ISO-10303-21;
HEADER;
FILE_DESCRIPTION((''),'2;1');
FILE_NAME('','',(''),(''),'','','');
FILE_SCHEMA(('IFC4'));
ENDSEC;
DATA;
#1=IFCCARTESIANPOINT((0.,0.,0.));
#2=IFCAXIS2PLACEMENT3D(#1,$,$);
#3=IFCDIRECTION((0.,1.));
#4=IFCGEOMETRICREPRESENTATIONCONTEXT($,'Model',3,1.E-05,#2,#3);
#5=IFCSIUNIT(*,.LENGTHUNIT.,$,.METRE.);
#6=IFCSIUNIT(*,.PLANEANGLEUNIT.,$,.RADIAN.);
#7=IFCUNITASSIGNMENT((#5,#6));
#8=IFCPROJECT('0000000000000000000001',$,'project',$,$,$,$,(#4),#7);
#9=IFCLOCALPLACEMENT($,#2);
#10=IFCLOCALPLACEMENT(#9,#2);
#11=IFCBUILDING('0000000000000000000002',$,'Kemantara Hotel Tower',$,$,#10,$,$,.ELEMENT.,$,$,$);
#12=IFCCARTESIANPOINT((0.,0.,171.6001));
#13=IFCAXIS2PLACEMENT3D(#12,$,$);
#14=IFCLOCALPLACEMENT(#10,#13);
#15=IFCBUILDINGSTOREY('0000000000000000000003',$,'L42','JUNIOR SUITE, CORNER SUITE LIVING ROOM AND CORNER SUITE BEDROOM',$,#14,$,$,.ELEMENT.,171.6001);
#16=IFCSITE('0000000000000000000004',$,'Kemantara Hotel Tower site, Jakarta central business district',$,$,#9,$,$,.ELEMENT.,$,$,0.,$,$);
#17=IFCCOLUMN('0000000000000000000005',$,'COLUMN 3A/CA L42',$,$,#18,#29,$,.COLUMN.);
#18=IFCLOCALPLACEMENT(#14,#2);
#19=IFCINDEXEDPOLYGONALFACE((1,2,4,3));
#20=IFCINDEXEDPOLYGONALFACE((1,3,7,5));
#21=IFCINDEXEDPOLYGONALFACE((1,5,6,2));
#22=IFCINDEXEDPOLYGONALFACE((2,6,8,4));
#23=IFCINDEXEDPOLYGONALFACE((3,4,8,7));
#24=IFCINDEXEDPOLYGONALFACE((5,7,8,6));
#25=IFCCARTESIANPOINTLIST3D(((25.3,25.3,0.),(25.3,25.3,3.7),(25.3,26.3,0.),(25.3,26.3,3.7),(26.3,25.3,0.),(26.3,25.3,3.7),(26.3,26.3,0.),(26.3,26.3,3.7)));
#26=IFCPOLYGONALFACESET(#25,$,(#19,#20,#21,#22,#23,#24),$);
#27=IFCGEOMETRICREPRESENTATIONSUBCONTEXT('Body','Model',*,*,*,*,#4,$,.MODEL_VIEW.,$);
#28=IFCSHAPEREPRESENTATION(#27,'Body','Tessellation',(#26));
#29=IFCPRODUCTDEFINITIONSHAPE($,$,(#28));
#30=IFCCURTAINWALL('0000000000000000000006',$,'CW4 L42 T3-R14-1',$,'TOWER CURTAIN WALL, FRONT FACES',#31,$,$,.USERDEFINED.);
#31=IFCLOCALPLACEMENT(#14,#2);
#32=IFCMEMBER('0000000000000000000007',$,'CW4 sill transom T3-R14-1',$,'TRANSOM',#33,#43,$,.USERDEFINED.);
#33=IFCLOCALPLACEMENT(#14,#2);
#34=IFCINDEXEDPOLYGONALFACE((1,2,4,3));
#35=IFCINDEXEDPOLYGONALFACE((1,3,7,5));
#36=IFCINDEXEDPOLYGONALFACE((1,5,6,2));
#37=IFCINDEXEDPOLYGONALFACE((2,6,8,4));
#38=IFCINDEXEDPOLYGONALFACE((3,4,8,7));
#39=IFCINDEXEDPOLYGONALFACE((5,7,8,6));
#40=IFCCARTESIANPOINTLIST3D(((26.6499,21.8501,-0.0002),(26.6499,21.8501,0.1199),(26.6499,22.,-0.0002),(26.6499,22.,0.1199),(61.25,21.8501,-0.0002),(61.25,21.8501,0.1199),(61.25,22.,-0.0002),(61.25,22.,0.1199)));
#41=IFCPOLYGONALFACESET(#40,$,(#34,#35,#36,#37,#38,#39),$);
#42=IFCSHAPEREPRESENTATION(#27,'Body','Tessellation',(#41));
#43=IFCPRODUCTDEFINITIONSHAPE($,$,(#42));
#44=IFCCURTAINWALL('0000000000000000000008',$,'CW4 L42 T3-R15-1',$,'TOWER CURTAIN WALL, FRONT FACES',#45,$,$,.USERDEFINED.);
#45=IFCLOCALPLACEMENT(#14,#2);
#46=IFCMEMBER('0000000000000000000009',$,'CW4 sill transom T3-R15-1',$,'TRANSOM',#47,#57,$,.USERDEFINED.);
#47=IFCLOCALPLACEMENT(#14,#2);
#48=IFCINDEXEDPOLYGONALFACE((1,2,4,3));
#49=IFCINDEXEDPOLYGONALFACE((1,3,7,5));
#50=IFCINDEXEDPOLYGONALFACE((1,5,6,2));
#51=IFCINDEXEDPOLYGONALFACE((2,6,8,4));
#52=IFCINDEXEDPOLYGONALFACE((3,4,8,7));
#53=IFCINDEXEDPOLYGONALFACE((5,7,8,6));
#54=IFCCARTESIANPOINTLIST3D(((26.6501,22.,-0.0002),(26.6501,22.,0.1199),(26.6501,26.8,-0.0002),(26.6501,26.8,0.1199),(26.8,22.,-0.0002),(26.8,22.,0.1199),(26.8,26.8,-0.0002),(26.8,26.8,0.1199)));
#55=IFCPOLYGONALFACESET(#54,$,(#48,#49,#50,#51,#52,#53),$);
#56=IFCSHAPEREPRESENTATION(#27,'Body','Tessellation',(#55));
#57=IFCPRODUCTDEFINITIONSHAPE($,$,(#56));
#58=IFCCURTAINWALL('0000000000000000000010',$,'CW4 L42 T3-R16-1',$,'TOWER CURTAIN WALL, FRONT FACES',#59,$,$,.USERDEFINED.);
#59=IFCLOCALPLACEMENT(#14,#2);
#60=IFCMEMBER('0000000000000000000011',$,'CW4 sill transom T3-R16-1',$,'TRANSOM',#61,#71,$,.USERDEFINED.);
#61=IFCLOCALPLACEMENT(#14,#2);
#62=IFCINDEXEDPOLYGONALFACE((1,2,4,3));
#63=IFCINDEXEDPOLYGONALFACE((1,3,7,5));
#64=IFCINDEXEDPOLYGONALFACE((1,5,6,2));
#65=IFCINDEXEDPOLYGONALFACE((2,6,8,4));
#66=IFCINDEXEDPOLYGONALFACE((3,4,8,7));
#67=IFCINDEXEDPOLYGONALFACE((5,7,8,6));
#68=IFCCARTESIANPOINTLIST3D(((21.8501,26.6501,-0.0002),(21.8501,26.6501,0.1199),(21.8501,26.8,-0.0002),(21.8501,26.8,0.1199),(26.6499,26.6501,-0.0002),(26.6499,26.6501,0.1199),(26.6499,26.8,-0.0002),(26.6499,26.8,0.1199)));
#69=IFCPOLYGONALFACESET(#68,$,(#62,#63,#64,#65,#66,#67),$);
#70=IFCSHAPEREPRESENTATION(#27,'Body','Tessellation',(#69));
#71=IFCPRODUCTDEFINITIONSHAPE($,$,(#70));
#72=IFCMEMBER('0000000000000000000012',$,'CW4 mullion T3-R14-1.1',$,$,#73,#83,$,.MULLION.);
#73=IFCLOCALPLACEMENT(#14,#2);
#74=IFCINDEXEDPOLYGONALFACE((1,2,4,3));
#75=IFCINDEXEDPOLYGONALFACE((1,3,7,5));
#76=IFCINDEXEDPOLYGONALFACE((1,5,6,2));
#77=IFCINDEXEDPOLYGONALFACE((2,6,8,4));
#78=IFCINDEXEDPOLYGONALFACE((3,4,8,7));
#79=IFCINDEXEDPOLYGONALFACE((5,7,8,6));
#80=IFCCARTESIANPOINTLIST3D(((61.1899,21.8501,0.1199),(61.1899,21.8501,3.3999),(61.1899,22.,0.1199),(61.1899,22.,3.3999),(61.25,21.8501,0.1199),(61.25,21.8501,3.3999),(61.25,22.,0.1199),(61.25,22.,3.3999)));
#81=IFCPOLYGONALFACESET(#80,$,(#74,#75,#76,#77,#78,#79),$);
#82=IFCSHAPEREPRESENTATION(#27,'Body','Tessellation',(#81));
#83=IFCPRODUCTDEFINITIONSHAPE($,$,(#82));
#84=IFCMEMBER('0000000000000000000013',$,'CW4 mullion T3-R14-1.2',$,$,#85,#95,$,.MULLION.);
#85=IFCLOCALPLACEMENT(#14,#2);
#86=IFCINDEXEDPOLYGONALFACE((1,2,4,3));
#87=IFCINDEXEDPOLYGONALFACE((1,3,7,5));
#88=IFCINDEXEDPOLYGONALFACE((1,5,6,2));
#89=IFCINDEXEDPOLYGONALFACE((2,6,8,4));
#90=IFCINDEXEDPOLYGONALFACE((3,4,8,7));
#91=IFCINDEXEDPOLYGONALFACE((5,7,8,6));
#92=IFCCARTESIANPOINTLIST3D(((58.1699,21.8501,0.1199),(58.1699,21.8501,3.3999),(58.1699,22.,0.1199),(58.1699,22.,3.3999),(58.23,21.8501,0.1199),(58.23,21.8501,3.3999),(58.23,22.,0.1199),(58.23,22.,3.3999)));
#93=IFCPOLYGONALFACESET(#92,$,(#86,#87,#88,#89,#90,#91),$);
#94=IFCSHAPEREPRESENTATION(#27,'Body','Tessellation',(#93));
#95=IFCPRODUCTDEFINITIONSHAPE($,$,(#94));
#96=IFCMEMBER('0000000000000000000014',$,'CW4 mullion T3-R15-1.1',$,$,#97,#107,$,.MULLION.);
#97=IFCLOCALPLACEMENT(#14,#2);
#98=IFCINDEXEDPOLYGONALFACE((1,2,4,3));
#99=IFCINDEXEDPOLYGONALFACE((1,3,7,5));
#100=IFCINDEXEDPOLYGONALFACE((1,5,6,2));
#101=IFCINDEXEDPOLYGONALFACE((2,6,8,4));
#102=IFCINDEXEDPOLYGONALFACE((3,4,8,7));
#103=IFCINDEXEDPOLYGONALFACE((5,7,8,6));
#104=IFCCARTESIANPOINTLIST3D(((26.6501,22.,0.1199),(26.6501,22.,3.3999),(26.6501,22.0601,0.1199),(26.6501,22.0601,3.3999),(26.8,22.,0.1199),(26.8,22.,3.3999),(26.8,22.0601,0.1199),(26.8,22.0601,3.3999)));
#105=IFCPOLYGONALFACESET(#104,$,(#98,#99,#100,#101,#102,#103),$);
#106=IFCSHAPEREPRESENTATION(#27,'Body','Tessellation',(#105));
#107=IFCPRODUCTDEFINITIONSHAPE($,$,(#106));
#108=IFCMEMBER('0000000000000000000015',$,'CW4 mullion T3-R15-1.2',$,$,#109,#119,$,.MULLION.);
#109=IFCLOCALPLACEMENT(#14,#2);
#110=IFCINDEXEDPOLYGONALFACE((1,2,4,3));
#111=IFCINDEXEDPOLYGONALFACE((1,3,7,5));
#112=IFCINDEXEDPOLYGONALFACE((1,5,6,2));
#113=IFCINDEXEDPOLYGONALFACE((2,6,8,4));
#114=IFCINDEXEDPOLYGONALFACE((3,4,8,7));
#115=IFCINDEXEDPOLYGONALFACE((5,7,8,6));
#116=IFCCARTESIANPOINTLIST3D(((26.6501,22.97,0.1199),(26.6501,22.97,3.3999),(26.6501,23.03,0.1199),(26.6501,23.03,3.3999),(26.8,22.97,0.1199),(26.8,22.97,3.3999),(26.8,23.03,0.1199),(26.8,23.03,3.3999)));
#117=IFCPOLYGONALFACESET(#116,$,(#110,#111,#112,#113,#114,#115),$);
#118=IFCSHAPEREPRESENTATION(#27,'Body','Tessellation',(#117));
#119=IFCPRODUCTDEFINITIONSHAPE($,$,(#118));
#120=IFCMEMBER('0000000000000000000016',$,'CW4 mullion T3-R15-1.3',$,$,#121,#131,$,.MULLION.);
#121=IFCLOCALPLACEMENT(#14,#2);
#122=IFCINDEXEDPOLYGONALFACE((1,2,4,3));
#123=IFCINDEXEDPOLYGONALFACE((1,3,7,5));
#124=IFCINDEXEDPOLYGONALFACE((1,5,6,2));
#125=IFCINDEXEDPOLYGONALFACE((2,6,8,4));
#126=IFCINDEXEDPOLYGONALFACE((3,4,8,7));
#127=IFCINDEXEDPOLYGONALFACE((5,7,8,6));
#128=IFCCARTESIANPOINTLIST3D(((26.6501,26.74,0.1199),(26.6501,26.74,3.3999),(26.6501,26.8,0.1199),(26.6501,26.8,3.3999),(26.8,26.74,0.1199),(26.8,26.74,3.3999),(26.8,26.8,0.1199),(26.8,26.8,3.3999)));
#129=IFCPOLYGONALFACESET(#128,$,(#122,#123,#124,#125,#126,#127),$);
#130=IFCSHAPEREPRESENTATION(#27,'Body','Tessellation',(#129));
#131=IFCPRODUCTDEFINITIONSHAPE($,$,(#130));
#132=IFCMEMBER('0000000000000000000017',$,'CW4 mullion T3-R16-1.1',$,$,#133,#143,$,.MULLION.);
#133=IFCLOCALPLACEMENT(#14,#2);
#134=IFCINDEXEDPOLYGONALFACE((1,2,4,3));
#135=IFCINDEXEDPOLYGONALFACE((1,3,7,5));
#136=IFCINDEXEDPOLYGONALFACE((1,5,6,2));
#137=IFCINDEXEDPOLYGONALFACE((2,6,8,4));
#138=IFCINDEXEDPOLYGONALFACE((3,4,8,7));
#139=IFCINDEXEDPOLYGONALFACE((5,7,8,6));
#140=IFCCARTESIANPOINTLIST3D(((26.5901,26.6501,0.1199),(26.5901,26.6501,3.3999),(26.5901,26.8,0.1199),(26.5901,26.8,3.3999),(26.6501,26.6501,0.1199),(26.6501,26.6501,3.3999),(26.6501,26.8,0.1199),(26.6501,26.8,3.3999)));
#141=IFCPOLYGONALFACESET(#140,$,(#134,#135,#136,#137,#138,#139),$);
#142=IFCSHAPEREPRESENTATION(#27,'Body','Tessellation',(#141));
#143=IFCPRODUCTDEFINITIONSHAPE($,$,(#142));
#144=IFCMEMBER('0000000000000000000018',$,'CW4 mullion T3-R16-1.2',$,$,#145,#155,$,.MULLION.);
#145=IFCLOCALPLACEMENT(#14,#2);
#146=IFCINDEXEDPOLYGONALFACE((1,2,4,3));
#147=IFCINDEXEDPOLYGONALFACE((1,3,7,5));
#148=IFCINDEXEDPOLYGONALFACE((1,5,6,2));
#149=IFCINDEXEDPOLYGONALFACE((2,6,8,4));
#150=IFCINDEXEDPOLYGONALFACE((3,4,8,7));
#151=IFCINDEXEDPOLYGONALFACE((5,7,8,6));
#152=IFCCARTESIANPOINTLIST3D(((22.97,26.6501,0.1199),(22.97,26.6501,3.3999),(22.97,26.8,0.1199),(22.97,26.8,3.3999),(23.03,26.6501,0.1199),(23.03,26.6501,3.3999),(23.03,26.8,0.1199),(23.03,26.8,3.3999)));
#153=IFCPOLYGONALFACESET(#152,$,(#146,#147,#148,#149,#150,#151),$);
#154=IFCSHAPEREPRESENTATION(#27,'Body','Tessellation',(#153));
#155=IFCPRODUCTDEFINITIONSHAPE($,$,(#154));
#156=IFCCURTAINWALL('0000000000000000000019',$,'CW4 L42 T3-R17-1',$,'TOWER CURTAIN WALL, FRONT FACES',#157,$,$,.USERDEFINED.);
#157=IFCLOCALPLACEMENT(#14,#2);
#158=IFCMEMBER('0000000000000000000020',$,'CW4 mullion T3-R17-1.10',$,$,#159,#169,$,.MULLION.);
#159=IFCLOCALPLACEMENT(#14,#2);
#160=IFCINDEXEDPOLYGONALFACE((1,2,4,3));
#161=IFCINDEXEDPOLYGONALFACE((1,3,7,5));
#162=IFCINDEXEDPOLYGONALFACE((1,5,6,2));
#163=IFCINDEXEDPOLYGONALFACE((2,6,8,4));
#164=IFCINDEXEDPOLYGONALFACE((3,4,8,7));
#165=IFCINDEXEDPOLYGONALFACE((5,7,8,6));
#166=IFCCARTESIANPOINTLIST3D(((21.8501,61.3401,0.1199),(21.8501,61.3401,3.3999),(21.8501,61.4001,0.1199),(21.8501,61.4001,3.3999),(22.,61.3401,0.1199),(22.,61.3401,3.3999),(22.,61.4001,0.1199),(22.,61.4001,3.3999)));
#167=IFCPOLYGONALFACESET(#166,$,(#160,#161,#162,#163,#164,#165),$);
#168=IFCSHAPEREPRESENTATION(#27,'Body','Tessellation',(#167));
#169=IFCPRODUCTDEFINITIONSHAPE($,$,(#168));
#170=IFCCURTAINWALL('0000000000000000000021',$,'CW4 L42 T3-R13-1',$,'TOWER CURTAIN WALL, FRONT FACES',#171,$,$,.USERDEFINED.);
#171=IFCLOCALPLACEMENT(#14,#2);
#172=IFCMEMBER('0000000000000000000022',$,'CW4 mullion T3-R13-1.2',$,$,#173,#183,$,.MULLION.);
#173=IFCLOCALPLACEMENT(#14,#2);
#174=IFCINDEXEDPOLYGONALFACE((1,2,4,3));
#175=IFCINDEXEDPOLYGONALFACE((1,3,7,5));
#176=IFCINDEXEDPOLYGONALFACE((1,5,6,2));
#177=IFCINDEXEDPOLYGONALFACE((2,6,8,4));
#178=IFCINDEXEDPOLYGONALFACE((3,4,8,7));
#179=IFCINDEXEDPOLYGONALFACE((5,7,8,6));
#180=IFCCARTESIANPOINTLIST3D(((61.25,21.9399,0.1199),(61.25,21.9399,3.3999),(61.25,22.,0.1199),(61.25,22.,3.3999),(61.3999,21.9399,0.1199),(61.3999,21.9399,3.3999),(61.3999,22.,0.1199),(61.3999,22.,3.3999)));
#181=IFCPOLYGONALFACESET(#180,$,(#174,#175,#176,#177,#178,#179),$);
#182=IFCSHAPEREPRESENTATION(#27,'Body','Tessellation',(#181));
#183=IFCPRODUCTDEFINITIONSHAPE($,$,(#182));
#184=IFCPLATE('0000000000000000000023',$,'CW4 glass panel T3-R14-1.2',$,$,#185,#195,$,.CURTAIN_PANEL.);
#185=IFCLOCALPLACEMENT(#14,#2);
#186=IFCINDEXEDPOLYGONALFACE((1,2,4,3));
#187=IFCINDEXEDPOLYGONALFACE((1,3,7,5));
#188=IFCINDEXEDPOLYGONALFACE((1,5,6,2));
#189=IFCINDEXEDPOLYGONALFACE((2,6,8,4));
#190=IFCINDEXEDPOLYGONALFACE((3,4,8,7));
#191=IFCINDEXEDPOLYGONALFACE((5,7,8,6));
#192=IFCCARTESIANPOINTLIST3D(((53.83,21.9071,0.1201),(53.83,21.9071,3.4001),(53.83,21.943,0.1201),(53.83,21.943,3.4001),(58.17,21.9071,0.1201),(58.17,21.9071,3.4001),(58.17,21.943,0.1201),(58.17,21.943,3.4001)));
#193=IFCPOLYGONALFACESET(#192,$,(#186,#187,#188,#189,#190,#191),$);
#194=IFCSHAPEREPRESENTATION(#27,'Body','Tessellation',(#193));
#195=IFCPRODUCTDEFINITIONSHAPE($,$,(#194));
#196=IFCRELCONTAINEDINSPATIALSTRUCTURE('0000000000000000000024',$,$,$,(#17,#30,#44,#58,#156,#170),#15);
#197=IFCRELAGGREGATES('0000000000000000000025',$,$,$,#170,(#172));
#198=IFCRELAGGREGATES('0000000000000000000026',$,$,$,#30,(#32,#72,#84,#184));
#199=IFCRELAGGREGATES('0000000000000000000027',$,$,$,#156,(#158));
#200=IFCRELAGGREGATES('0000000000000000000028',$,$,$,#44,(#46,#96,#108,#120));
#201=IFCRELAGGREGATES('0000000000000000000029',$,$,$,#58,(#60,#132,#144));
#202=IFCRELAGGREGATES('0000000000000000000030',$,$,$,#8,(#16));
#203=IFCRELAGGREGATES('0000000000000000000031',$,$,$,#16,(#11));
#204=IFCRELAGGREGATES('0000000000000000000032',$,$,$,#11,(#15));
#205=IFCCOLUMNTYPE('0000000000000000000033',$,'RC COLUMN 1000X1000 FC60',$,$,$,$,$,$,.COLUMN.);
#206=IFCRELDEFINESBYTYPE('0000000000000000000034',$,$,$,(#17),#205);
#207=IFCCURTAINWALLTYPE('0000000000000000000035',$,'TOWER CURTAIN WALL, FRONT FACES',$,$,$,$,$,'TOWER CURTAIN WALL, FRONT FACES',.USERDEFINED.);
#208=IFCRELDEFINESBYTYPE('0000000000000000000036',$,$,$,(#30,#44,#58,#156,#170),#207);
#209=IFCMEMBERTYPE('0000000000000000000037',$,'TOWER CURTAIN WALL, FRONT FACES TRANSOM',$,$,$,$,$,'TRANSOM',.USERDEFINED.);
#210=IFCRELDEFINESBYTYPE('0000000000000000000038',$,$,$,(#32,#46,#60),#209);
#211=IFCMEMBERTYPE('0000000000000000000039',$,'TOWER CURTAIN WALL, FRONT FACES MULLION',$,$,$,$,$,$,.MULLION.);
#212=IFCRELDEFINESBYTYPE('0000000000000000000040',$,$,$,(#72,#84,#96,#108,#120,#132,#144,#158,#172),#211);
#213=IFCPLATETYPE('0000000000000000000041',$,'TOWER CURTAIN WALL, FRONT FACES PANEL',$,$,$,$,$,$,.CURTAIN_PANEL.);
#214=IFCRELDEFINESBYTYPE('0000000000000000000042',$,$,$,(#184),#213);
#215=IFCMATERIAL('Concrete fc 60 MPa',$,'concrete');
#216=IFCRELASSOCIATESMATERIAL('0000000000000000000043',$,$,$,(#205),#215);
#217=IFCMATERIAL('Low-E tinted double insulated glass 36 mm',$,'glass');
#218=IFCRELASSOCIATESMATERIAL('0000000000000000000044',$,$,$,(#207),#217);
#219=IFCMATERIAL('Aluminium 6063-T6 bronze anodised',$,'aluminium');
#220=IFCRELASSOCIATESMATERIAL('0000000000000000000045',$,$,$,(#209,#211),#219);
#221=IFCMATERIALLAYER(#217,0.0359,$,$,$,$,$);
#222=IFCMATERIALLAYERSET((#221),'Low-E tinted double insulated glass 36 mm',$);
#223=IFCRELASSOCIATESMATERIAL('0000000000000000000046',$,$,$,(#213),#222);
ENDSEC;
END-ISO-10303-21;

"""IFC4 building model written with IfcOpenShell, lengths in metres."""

from ifc_helpers import new_model, si_unit, direction, frame, origin, origin_2d, place, context, subcontext, project, spatial, rectangle, extrude, source, transform, mapped, material, layer, layer_set, material_profile, profile_set, type_object, element, aggregate, save


model = new_model("IFC4")

# Units and contexts
model_context = context("Model", 3, precision=1e-05, world=origin(), true_north=direction((0.0, 1.0)))
body_context = subcontext(model_context, "Body", "Model", "MODEL_VIEW")
ifc_project = project(units=[si_unit("LENGTHUNIT", "METRE"), si_unit("PLANEANGLEUNIT", "RADIAN")], contexts=[model_context])

# Site, building, storey
site_placement = place(None, origin())
site = spatial("IfcSite", under=ifc_project, at=site_placement, Name="Kemantara Hotel Tower site, Jakarta central business district", CompositionType="ELEMENT", RefElevation=0.0)
building_placement = place(site_placement, origin())
building = spatial("IfcBuilding", under=site, at=building_placement, Name="Kemantara Hotel Tower", CompositionType="ELEMENT")
storey_placement = place(building_placement, frame((0.0, 0.0, 171.6001)))
storey = spatial("IfcBuildingStorey", under=building, at=storey_placement, Name="L42", Description="JUNIOR SUITE, CORNER SUITE LIVING ROOM AND CORNER SUITE BEDROOM", CompositionType="ELEMENT", Elevation=171.6001)

# Column
ifc_material_1 = material(Name="Concrete fc 60 MPa", Category="concrete")
ifc_material_profile_1 = material_profile(ifc_material_1, rectangle(XDim=1.0, YDim=1.0, at=origin_2d()), Name="RC 1000X1000")
ifc_profile_set_1 = profile_set([ifc_material_profile_1], Name="Concrete fc 60 MPa")
column_type = type_object("IfcColumnType", Name="RC COLUMN 1000X1000 FC60", PredefinedType="COLUMN", material=ifc_profile_set_1)
column_placement = place(storey_placement, frame((25.8, 25.8, 0.0), z_axis=(0.0, 0.0, 1.0), x_axis=(1.0, 0.0, 0.0)))
element("IfcColumn", 1, at=column_placement, inside=storey, type_object=column_type, Name="COLUMN 3A/CA L42", PredefinedType="COLUMN", context=body_context, shape_type="SweptSolid", body=[
    extrude(rectangle(XDim=1.0, YDim=1.0, at=origin_2d()), origin(), (0.0, 0.0, 1.0), 3.7),
])

# Curtain walls, members
ifc_material_2 = material(Name="Low-E tinted double insulated glass 36 mm", Category="glass")
curtain_wall_type = type_object("IfcCurtainWallType", Name="TOWER CURTAIN WALL, FRONT FACES", ElementType="TOWER CURTAIN WALL, FRONT FACES", PredefinedType="USERDEFINED", material=ifc_material_2)
curtain_wall_1_placement = place(storey_placement, origin())
curtain_wall_1 = element("IfcCurtainWall", 2, at=curtain_wall_1_placement, inside=storey, type_object=curtain_wall_type, Name="CW4 L42 T3-R14-1", ObjectType="TOWER CURTAIN WALL, FRONT FACES", PredefinedType="USERDEFINED")
ifc_material_3 = material(Name="Aluminium 6063-T6 bronze anodised", Category="aluminium")
ifc_material_profile_2 = material_profile(ifc_material_3, rectangle(XDim=0.1499, YDim=0.1201, at=origin_2d()), Name="TOWER CURTAIN WALL, FRONT FACES TRANSOM")
ifc_profile_set_2 = profile_set([ifc_material_profile_2], Name="Aluminium 6063-T6 bronze anodised")
member_type_1 = type_object("IfcMemberType", Name="TOWER CURTAIN WALL, FRONT FACES TRANSOM", ElementType="TRANSOM", PredefinedType="USERDEFINED", material=ifc_profile_set_2)
member_1_placement = place(storey_placement, frame((61.25, 21.925, 0.0598), z_axis=(-1.0, 0.0, 0.0), x_axis=(0.0, -1.0, 0.0)))
member_1 = element("IfcMember", 3, at=member_1_placement, type_object=member_type_1, Name="CW4 sill transom T3-R14-1", ObjectType="TRANSOM", PredefinedType="USERDEFINED", context=body_context, shape_type="SweptSolid", body=[
    extrude(rectangle(XDim=0.1499, YDim=0.1201, at=origin_2d()), origin(), (0.0, 0.0, 1.0), 34.6001),
])
curtain_wall_2_placement = place(storey_placement, origin())
curtain_wall_2 = element("IfcCurtainWall", 4, at=curtain_wall_2_placement, inside=storey, type_object=curtain_wall_type, Name="CW4 L42 T3-R15-1", ObjectType="TOWER CURTAIN WALL, FRONT FACES", PredefinedType="USERDEFINED")
member_2_placement = place(storey_placement, frame((26.7251, 22.0, 0.0598), z_axis=(0.0, 1.0, 0.0), x_axis=(-1.0, 0.0, 0.0)))
member_2 = element("IfcMember", 5, at=member_2_placement, type_object=member_type_1, Name="CW4 sill transom T3-R15-1", ObjectType="TRANSOM", PredefinedType="USERDEFINED", context=body_context, shape_type="SweptSolid", body=[
    extrude(rectangle(XDim=0.1499, YDim=0.1201, at=origin_2d()), origin(), (0.0, 0.0, 1.0), 4.8),
])
curtain_wall_3_placement = place(storey_placement, origin())
curtain_wall_3 = element("IfcCurtainWall", 6, at=curtain_wall_3_placement, inside=storey, type_object=curtain_wall_type, Name="CW4 L42 T3-R16-1", ObjectType="TOWER CURTAIN WALL, FRONT FACES", PredefinedType="USERDEFINED")
member_3_placement = place(storey_placement, frame((26.6499, 26.7251, 0.0598), z_axis=(-1.0, 0.0, 0.0), x_axis=(0.0, -1.0, 0.0)))
member_3 = element("IfcMember", 7, at=member_3_placement, type_object=member_type_1, Name="CW4 sill transom T3-R16-1", ObjectType="TRANSOM", PredefinedType="USERDEFINED", context=body_context, shape_type="SweptSolid", body=[
    extrude(rectangle(XDim=0.1499, YDim=0.1201, at=origin_2d()), origin(), (0.0, 0.0, 1.0), 4.7998),
])

# Members
ifc_material_profile_3 = material_profile(ifc_material_3, rectangle(XDim=0.1499, YDim=0.0601, at=origin_2d()), Name="TOWER CURTAIN WALL, FRONT FACES MULLION")
ifc_profile_set_3 = profile_set([ifc_material_profile_3], Name="Aluminium 6063-T6 bronze anodised")
member_type_2 = type_object("IfcMemberType", Name="TOWER CURTAIN WALL, FRONT FACES MULLION", PredefinedType="MULLION", material=ifc_profile_set_3)
shared_shape_1 = source(origin(), body_context, "Body", "SweptSolid", [
    extrude(rectangle(XDim=0.1499, YDim=0.0601, at=origin_2d()), origin(), (0.0, 0.0, 1.0), 3.28),
])
member_4_placement = place(storey_placement, frame((61.22, 21.925, 0.1199), z_axis=(0.0, 0.0, 1.0), x_axis=(0.0, -1.0, 0.0)))
member_4 = element("IfcMember", 8, at=member_4_placement, type_object=member_type_2, Name="CW4 mullion T3-R14-1.1", PredefinedType="MULLION", context=body_context, shape_type="MappedRepresentation", body=[
    mapped(shared_shape_1, transform((0.0, 0.0, 0.0))),
])
member_5_placement = place(storey_placement, frame((58.2, 21.925, 0.1199), z_axis=(0.0, 0.0, 1.0), x_axis=(0.0, -1.0, 0.0)))
member_5 = element("IfcMember", 9, at=member_5_placement, type_object=member_type_2, Name="CW4 mullion T3-R14-1.2", PredefinedType="MULLION", context=body_context, shape_type="MappedRepresentation", body=[
    mapped(shared_shape_1, transform((0.0, 0.0, 0.0))),
])
member_6_placement = place(storey_placement, frame((26.7251, 22.03, 0.1199), z_axis=(0.0, 0.0, 1.0), x_axis=(-1.0, 0.0, 0.0)))
member_6 = element("IfcMember", 10, at=member_6_placement, type_object=member_type_2, Name="CW4 mullion T3-R15-1.1", PredefinedType="MULLION", context=body_context, shape_type="MappedRepresentation", body=[
    mapped(shared_shape_1, transform((0.0, 0.0, 0.0))),
])
member_7_placement = place(storey_placement, frame((26.7251, 23.0, 0.1199), z_axis=(0.0, 0.0, 1.0), x_axis=(-1.0, 0.0, 0.0)))
member_7 = element("IfcMember", 11, at=member_7_placement, type_object=member_type_2, Name="CW4 mullion T3-R15-1.2", PredefinedType="MULLION", context=body_context, shape_type="MappedRepresentation", body=[
    mapped(shared_shape_1, transform((0.0, 0.0, 0.0))),
])
member_8_placement = place(storey_placement, frame((26.7251, 26.77, 0.1199), z_axis=(0.0, 0.0, 1.0), x_axis=(-1.0, 0.0, 0.0)))
member_8 = element("IfcMember", 12, at=member_8_placement, type_object=member_type_2, Name="CW4 mullion T3-R15-1.3", PredefinedType="MULLION", context=body_context, shape_type="MappedRepresentation", body=[
    mapped(shared_shape_1, transform((0.0, 0.0, 0.0))),
])
member_9_placement = place(storey_placement, frame((26.6201, 26.7251, 0.1199), z_axis=(0.0, 0.0, 1.0), x_axis=(0.0, -1.0, 0.0)))
member_9 = element("IfcMember", 13, at=member_9_placement, type_object=member_type_2, Name="CW4 mullion T3-R16-1.1", PredefinedType="MULLION", context=body_context, shape_type="MappedRepresentation", body=[
    mapped(shared_shape_1, transform((0.0, 0.0, 0.0))),
])
member_10_placement = place(storey_placement, frame((23.0, 26.7251, 0.1199), z_axis=(0.0, 0.0, 1.0), x_axis=(0.0, -1.0, 0.0)))
member_10 = element("IfcMember", 14, at=member_10_placement, type_object=member_type_2, Name="CW4 mullion T3-R16-1.2", PredefinedType="MULLION", context=body_context, shape_type="MappedRepresentation", body=[
    mapped(shared_shape_1, transform((0.0, 0.0, 0.0))),
])

# Curtain walls, members
curtain_wall_4_placement = place(storey_placement, origin())
curtain_wall_4 = element("IfcCurtainWall", 15, at=curtain_wall_4_placement, inside=storey, type_object=curtain_wall_type, Name="CW4 L42 T3-R17-1", ObjectType="TOWER CURTAIN WALL, FRONT FACES", PredefinedType="USERDEFINED")
member_11_placement = place(storey_placement, frame((21.925, 61.3701, 0.1199), z_axis=(0.0, 0.0, 1.0), x_axis=(-1.0, 0.0, 0.0)))
member_11 = element("IfcMember", 16, at=member_11_placement, type_object=member_type_2, Name="CW4 mullion T3-R17-1.10", PredefinedType="MULLION", context=body_context, shape_type="MappedRepresentation", body=[
    mapped(shared_shape_1, transform((0.0, 0.0, 0.0))),
])
curtain_wall_5_placement = place(storey_placement, origin())
curtain_wall_5 = element("IfcCurtainWall", 17, at=curtain_wall_5_placement, inside=storey, type_object=curtain_wall_type, Name="CW4 L42 T3-R13-1", ObjectType="TOWER CURTAIN WALL, FRONT FACES", PredefinedType="USERDEFINED")
member_12_placement = place(storey_placement, frame((61.325, 21.97, 0.1199), z_axis=(0.0, 0.0, 1.0), x_axis=(-1.0, 0.0, 0.0)))
member_12 = element("IfcMember", 18, at=member_12_placement, type_object=member_type_2, Name="CW4 mullion T3-R13-1.2", PredefinedType="MULLION", context=body_context, shape_type="MappedRepresentation", body=[
    mapped(shared_shape_1, transform((0.0, 0.0, 0.0))),
])
aggregate(curtain_wall_5, [member_12])

# Plate
ifc_layer_1 = layer(ifc_material_2, 0.0359)
ifc_layer_set_1 = layer_set([ifc_layer_1], Name="Low-E tinted double insulated glass 36 mm")
plate_type = type_object("IfcPlateType", Name="TOWER CURTAIN WALL, FRONT FACES PANEL", PredefinedType="CURTAIN_PANEL", material=ifc_layer_set_1)
shared_shape_2 = source(origin(), body_context, "Body", "SweptSolid", [
    extrude(rectangle(XDim=4.3401, YDim=0.0359, at=origin_2d()), origin(), (0.0, 0.0, 1.0), 3.28),
])
plate_1_placement = place(storey_placement, frame((56.0, 21.925, 0.1201), z_axis=(0.0, 0.0, 1.0), x_axis=(-1.0, 0.0, 0.0)))
plate_1 = element("IfcPlate", 19, at=plate_1_placement, type_object=plate_type, Name="CW4 glass panel T3-R14-1.2", PredefinedType="CURTAIN_PANEL", context=body_context, shape_type="MappedRepresentation", body=[
    mapped(shared_shape_2, transform((0.0, 0.0, 0.0))),
])
aggregate(curtain_wall_1, [member_1, member_4, member_5, plate_1])
aggregate(curtain_wall_4, [member_11])
aggregate(curtain_wall_2, [member_2, member_6, member_7, member_8])
aggregate(curtain_wall_3, [member_3, member_9, member_10])

save(model, "model.ifc")
